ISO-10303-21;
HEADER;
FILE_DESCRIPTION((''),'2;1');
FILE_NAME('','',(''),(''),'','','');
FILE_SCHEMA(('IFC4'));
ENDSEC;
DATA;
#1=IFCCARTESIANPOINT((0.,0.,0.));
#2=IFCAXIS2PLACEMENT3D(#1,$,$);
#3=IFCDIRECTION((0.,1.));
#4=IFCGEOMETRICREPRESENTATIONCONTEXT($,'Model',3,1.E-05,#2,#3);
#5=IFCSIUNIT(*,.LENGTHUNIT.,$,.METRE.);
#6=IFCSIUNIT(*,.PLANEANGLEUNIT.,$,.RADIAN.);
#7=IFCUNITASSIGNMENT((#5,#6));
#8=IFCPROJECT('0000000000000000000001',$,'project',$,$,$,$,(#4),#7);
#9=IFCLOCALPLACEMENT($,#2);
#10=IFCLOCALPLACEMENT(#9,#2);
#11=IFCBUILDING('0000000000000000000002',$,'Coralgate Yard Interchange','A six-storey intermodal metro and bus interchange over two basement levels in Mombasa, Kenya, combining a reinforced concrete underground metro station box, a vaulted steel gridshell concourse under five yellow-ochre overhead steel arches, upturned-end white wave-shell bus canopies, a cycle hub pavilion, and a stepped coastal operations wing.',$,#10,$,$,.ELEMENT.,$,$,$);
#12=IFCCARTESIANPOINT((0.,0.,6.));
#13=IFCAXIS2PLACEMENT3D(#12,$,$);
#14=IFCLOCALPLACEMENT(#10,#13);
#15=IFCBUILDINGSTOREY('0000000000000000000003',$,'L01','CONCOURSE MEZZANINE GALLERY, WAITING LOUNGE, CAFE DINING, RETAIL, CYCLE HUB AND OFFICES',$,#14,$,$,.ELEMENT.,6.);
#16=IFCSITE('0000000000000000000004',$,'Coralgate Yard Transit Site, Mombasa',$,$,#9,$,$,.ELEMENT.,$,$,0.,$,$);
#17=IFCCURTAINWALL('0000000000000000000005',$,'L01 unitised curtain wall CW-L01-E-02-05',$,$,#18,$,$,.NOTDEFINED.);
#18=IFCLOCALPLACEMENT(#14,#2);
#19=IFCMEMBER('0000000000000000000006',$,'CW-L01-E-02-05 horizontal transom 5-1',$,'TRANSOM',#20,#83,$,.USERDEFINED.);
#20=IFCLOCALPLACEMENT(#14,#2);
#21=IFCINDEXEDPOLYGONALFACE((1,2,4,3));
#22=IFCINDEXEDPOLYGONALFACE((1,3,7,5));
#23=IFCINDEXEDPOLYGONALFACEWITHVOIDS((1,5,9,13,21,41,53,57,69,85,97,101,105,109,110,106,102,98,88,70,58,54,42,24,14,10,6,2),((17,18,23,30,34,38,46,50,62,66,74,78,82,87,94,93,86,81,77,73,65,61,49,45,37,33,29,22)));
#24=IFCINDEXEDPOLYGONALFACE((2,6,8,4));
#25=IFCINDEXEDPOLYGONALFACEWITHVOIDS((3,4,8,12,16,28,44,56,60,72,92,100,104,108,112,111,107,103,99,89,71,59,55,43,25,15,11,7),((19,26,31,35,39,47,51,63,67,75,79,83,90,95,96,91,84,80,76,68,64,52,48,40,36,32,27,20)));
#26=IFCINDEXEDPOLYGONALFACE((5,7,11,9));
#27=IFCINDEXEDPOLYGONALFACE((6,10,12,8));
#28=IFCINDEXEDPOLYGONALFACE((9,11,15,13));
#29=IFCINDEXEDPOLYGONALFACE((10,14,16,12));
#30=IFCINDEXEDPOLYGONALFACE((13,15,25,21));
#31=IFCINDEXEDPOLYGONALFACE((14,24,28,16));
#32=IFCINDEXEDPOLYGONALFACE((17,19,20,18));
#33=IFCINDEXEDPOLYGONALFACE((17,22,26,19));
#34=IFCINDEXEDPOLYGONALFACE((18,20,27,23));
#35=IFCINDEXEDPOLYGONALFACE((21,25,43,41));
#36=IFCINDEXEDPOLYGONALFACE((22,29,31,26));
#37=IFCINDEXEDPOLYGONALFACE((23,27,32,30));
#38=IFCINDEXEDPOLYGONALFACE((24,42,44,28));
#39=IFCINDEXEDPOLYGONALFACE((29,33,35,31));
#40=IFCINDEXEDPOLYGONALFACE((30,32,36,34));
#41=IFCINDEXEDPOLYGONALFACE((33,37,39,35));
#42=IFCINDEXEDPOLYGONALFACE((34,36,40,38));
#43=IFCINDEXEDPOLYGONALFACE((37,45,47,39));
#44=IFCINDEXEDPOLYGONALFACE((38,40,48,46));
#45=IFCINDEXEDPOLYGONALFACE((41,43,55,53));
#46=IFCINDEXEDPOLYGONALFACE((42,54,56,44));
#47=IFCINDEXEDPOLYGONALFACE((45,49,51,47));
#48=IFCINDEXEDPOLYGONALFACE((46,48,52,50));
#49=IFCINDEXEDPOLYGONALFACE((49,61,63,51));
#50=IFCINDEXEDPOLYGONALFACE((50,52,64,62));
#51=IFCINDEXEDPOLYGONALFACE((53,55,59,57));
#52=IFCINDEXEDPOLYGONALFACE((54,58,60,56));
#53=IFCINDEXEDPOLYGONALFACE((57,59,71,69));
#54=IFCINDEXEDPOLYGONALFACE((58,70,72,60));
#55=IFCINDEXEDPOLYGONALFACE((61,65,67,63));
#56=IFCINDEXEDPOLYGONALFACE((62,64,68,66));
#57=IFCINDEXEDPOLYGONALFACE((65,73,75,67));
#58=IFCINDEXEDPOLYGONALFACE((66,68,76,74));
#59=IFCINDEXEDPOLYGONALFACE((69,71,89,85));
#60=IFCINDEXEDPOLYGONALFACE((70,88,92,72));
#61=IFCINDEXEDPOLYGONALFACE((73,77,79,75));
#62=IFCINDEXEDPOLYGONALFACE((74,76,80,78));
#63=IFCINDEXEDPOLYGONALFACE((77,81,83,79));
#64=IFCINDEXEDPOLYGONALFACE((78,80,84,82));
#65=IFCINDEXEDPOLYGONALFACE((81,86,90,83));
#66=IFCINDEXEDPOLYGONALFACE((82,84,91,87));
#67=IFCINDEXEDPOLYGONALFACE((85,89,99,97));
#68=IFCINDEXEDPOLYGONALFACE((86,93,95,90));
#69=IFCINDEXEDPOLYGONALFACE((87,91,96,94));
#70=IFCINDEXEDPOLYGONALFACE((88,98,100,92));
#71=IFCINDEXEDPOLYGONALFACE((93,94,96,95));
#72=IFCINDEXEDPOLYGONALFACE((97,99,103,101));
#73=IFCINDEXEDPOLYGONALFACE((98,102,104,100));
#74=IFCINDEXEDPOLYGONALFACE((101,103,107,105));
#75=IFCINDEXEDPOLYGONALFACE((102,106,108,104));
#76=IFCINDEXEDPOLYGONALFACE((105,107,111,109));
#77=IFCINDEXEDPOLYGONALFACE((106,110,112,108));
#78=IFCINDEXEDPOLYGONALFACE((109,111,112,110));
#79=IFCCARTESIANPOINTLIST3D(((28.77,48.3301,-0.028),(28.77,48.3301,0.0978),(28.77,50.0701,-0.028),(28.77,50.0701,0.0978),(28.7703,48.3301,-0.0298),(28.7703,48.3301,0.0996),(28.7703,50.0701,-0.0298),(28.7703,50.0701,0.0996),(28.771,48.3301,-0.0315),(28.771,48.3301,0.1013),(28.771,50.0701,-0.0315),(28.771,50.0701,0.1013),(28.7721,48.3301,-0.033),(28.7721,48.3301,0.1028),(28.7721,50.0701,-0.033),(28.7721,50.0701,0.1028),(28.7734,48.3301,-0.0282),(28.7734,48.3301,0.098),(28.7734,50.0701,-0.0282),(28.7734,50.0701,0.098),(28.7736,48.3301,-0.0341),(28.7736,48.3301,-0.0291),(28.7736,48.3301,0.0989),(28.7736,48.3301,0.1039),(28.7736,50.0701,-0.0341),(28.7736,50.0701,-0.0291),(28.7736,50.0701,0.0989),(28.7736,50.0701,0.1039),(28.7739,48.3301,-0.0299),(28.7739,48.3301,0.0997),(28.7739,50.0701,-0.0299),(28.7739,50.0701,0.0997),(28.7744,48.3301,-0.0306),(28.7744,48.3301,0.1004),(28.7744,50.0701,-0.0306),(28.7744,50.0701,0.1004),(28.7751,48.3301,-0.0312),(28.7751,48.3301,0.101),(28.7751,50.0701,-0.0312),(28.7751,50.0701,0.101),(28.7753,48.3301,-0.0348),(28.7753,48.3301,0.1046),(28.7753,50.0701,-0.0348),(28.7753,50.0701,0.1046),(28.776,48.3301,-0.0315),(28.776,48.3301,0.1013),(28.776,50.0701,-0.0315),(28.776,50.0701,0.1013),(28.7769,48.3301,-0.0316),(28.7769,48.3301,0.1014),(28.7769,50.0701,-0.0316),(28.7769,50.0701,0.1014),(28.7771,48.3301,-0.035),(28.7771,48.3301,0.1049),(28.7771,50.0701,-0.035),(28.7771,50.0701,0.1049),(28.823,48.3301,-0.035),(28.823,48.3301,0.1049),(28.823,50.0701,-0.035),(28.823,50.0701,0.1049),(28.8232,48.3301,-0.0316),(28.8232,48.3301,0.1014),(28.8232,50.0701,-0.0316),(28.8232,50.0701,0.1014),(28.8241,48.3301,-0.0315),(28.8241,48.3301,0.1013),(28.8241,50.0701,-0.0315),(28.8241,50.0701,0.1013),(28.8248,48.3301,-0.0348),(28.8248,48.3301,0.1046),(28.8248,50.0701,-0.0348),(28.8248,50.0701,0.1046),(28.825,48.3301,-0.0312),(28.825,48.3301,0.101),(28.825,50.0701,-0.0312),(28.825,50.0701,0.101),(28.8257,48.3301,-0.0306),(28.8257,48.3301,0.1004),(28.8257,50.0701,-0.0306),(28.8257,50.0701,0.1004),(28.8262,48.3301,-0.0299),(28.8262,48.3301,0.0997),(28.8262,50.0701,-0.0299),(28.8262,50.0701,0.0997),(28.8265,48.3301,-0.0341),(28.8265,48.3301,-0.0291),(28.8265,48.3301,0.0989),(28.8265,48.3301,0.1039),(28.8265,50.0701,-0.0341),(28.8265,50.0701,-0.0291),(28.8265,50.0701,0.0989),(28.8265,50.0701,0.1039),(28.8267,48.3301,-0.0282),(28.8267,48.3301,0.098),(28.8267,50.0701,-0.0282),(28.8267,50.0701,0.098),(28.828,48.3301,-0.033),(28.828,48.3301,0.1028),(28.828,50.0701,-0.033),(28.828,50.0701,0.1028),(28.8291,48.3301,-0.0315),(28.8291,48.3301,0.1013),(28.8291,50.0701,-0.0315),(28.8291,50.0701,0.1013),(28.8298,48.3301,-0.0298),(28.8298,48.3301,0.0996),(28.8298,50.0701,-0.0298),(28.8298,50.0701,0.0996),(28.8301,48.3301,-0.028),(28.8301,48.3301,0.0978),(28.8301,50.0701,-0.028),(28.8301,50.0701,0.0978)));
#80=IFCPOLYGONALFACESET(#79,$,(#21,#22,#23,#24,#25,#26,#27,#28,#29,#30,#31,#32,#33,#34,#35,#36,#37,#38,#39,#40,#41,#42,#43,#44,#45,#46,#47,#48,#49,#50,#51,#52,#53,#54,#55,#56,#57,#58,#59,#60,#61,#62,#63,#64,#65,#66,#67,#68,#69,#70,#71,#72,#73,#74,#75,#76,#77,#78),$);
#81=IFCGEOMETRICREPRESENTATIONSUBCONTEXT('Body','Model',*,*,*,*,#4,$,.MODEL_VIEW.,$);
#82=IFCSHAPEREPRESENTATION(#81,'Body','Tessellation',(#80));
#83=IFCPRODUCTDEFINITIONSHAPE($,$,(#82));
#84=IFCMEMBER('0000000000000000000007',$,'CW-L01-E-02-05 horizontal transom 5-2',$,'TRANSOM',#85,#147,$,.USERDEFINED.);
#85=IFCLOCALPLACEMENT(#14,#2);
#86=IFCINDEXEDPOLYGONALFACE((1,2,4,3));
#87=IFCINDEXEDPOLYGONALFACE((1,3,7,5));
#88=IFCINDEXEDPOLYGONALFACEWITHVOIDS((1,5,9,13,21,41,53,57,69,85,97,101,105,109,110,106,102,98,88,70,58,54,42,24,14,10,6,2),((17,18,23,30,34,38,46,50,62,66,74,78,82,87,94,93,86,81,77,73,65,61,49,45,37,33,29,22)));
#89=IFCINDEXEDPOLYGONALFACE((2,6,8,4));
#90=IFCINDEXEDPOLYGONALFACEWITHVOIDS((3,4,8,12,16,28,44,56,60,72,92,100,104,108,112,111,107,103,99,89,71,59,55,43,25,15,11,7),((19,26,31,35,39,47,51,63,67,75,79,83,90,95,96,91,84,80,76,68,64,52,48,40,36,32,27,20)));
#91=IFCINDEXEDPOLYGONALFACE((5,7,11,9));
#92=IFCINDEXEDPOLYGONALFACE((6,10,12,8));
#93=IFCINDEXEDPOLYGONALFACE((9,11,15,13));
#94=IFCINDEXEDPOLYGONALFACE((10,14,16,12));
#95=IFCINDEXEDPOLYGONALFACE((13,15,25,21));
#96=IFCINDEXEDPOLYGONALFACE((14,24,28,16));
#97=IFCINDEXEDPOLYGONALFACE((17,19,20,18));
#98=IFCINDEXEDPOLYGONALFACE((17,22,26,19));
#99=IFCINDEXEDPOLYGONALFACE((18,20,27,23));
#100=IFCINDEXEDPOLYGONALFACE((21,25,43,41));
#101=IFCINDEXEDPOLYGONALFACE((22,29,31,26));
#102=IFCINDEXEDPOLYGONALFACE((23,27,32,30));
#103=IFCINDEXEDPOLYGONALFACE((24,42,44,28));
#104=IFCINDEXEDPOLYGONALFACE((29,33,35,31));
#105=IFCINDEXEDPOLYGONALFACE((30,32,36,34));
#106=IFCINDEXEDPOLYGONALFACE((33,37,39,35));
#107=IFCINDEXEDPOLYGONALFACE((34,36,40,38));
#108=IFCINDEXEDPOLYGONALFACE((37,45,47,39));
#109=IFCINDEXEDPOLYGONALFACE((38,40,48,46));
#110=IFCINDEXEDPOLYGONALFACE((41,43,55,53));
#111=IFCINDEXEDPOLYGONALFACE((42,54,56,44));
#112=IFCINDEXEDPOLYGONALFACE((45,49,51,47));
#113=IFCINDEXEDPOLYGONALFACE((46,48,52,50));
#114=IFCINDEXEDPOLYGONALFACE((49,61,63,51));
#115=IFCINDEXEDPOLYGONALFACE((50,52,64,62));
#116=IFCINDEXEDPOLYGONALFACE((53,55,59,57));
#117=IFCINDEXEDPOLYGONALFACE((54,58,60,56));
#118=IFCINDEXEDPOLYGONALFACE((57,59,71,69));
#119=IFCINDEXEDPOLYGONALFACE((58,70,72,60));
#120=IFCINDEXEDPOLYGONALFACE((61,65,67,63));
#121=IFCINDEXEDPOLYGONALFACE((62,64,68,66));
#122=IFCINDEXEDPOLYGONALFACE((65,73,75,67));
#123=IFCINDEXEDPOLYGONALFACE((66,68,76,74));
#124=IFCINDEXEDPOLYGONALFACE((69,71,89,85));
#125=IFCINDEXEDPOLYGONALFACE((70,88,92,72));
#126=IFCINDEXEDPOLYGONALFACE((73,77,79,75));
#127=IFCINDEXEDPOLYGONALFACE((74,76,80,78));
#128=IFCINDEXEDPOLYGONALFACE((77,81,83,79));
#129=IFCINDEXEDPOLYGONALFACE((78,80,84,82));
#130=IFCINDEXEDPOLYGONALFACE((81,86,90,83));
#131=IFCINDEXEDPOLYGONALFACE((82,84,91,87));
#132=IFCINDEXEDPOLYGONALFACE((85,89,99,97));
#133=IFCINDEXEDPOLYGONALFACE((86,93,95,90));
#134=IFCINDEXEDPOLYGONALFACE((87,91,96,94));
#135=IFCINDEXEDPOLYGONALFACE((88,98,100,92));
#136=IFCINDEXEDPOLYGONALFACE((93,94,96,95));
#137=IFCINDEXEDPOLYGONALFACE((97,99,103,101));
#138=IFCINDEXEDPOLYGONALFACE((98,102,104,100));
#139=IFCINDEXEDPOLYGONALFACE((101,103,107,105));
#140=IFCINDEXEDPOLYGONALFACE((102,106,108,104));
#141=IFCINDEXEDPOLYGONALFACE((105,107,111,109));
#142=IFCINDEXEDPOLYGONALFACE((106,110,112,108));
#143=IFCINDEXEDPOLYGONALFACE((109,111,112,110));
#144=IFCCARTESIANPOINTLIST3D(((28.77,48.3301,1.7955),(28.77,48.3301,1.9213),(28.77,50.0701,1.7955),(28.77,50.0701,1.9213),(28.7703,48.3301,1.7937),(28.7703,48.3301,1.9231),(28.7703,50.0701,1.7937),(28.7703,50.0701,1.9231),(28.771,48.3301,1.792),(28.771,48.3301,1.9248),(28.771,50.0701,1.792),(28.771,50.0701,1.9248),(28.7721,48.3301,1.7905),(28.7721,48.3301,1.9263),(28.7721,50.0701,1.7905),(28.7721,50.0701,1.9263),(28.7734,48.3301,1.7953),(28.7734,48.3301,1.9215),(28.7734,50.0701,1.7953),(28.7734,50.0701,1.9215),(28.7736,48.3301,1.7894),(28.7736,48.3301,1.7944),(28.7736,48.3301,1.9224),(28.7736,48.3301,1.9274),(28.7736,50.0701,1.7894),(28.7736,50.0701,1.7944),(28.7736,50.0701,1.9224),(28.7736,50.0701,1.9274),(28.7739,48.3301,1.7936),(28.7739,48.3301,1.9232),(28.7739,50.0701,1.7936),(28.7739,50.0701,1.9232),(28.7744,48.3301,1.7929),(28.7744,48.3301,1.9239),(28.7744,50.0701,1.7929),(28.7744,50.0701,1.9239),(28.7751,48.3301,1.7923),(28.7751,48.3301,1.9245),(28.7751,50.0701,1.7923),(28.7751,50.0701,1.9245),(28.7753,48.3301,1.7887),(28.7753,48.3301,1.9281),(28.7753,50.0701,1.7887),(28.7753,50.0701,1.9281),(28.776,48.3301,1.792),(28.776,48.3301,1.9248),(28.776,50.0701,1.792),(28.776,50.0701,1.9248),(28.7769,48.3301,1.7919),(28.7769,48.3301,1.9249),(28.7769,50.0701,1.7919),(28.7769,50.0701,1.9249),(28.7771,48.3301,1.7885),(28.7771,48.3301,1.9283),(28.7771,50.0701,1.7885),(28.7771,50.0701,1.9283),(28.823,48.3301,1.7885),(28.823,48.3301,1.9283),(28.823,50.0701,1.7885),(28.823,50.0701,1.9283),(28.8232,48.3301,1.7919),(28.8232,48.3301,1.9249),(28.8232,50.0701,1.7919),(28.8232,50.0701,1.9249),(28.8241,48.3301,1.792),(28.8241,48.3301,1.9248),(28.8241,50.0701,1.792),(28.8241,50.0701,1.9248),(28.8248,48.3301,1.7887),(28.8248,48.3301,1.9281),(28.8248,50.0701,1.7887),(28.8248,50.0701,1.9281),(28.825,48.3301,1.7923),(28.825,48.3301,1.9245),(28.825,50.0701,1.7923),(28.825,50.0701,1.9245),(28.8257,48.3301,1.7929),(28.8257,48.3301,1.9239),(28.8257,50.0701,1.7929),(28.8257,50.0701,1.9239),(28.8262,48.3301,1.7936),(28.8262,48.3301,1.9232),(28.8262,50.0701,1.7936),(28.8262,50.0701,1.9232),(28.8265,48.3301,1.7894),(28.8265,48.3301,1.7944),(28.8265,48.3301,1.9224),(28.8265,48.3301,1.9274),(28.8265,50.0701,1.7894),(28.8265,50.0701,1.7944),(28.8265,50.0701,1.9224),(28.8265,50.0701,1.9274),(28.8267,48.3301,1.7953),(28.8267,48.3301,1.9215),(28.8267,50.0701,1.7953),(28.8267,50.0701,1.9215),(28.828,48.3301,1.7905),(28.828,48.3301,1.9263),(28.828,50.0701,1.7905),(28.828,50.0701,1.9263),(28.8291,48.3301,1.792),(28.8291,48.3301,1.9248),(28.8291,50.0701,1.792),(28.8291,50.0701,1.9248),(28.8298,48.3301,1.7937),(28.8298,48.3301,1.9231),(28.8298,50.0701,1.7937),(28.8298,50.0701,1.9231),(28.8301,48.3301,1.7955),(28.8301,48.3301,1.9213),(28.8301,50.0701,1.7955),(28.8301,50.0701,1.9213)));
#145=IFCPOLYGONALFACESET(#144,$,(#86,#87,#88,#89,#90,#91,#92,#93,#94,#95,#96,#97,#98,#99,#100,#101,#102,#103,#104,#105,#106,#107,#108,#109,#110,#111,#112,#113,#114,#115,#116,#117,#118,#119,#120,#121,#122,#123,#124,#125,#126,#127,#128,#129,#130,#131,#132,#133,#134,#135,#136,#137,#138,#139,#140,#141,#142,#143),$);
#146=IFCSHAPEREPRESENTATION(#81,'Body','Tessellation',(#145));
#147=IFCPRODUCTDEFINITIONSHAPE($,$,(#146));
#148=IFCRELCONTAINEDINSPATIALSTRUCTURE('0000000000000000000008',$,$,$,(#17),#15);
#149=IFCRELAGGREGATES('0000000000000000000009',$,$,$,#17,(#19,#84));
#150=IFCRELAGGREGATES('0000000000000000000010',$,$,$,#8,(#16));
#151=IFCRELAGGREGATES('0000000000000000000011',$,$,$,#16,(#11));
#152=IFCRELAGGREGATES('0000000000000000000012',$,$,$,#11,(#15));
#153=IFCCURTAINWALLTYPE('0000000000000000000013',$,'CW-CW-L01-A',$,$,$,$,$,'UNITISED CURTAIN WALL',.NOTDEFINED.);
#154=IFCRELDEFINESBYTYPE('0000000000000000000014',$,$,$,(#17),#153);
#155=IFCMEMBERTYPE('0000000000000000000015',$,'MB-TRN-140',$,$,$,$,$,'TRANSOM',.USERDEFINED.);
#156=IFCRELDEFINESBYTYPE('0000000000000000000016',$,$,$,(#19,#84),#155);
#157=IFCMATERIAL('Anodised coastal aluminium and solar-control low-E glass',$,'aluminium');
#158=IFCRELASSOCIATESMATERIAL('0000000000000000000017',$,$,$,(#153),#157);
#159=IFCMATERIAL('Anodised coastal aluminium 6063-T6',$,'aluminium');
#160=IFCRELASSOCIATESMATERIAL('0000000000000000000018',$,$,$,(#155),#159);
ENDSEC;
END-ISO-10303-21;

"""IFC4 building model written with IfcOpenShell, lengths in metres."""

from ifc_helpers import new_model, si_unit, direction, frame, origin, origin_2d, place, context, subcontext, project, spatial, hollow_rectangle, extrude, material, material_profile, profile_set, type_object, element, aggregate, save


model = new_model("IFC4")

# Units and contexts
model_context = context("Model", 3, precision=1e-05, world=origin(), true_north=direction((0.0, 1.0)))
body_context = subcontext(model_context, "Body", "Model", "MODEL_VIEW")
ifc_project = project(units=[si_unit("LENGTHUNIT", "METRE"), si_unit("PLANEANGLEUNIT", "RADIAN")], contexts=[model_context])

# Site, building, storey
site_placement = place(None, origin())
site = spatial("IfcSite", under=ifc_project, at=site_placement, Name="Coralgate Yard Transit Site, Mombasa", CompositionType="ELEMENT", RefElevation=0.0)
building_placement = place(site_placement, origin())
building = spatial("IfcBuilding", under=site, at=building_placement, Name="Coralgate Yard Interchange", Description="A six-storey intermodal metro and bus interchange over two basement levels in Mombasa, Kenya, combining a reinforced concrete underground metro station box, a vaulted steel gridshell concourse under five yellow-ochre overhead steel arches, upturned-end white wave-shell bus canopies, a cycle hub pavilion, and a stepped coastal operations wing.", CompositionType="ELEMENT")
storey_placement = place(building_placement, frame((0.0, 0.0, 6.0)))
storey = spatial("IfcBuildingStorey", under=building, at=storey_placement, Name="L01", Description="CONCOURSE MEZZANINE GALLERY, WAITING LOUNGE, CAFE DINING, RETAIL, CYCLE HUB AND OFFICES", CompositionType="ELEMENT", Elevation=6.0)

# Curtain wall
ifc_material_1 = material(Name="Anodised coastal aluminium and solar-control low-E glass", Category="aluminium")
ifc_material_2 = material(Name="Anodised coastal aluminium 6063-T6", Category="aluminium")
curtain_wall_type_1 = type_object("IfcCurtainWallType", Name="CW-CW-L01-A", ElementType="UNITISED CURTAIN WALL", PredefinedType="NOTDEFINED", material=ifc_material_1)
curtain_wall_1_placement = place(storey_placement, origin())
curtain_wall_1 = element("IfcCurtainWall", 1, at=curtain_wall_1_placement, inside=storey, type_object=curtain_wall_type_1, Name="L01 unitised curtain wall CW-L01-E-02-05", PredefinedType="NOTDEFINED")

# Members
ifc_material_profile_1 = material_profile(ifc_material_2, hollow_rectangle(XDim=0.0601, YDim=0.1399, WallThickness=0.0034, InnerFilletRadius=0.0034, OuterFilletRadius=0.0071, at=origin_2d()), Name="ALU 60x140x3.5")
ifc_profile_set_1 = profile_set([ifc_material_profile_1], Name="Anodised coastal aluminium 6063-T6")
member_type_1 = type_object("IfcMemberType", Name="MB-TRN-140", ElementType="TRANSOM", PredefinedType="USERDEFINED", material=ifc_profile_set_1)
member_1_placement = place(storey_placement, frame((28.8, 50.0701, 0.0349), z_axis=(0.0, -1.0, 0.0), x_axis=(1.0, 0.0, 0.0)))
member_1 = element("IfcMember", 2, at=member_1_placement, type_object=member_type_1, Name="CW-L01-E-02-05 horizontal transom 5-1", ObjectType="TRANSOM", PredefinedType="USERDEFINED", context=body_context, shape_type="SweptSolid", body=[
    extrude(hollow_rectangle(XDim=0.0601, YDim=0.1399, WallThickness=0.0034, InnerFilletRadius=0.0034, OuterFilletRadius=0.0071, at=origin_2d()), origin(), (0.0, 0.0, 1.0), 1.74),
])
member_2_placement = place(storey_placement, frame((28.8, 50.0701, 1.8584), z_axis=(0.0, -1.0, 0.0), x_axis=(1.0, 0.0, 0.0)))
member_2 = element("IfcMember", 3, at=member_2_placement, type_object=member_type_1, Name="CW-L01-E-02-05 horizontal transom 5-2", ObjectType="TRANSOM", PredefinedType="USERDEFINED", context=body_context, shape_type="SweptSolid", body=[
    extrude(hollow_rectangle(XDim=0.0601, YDim=0.1399, WallThickness=0.0034, InnerFilletRadius=0.0034, OuterFilletRadius=0.0071, at=origin_2d()), origin(), (0.0, 0.0, 1.0), 1.74),
])

aggregate(curtain_wall_1, [member_1, member_2])

save(model, "model.ifc")
